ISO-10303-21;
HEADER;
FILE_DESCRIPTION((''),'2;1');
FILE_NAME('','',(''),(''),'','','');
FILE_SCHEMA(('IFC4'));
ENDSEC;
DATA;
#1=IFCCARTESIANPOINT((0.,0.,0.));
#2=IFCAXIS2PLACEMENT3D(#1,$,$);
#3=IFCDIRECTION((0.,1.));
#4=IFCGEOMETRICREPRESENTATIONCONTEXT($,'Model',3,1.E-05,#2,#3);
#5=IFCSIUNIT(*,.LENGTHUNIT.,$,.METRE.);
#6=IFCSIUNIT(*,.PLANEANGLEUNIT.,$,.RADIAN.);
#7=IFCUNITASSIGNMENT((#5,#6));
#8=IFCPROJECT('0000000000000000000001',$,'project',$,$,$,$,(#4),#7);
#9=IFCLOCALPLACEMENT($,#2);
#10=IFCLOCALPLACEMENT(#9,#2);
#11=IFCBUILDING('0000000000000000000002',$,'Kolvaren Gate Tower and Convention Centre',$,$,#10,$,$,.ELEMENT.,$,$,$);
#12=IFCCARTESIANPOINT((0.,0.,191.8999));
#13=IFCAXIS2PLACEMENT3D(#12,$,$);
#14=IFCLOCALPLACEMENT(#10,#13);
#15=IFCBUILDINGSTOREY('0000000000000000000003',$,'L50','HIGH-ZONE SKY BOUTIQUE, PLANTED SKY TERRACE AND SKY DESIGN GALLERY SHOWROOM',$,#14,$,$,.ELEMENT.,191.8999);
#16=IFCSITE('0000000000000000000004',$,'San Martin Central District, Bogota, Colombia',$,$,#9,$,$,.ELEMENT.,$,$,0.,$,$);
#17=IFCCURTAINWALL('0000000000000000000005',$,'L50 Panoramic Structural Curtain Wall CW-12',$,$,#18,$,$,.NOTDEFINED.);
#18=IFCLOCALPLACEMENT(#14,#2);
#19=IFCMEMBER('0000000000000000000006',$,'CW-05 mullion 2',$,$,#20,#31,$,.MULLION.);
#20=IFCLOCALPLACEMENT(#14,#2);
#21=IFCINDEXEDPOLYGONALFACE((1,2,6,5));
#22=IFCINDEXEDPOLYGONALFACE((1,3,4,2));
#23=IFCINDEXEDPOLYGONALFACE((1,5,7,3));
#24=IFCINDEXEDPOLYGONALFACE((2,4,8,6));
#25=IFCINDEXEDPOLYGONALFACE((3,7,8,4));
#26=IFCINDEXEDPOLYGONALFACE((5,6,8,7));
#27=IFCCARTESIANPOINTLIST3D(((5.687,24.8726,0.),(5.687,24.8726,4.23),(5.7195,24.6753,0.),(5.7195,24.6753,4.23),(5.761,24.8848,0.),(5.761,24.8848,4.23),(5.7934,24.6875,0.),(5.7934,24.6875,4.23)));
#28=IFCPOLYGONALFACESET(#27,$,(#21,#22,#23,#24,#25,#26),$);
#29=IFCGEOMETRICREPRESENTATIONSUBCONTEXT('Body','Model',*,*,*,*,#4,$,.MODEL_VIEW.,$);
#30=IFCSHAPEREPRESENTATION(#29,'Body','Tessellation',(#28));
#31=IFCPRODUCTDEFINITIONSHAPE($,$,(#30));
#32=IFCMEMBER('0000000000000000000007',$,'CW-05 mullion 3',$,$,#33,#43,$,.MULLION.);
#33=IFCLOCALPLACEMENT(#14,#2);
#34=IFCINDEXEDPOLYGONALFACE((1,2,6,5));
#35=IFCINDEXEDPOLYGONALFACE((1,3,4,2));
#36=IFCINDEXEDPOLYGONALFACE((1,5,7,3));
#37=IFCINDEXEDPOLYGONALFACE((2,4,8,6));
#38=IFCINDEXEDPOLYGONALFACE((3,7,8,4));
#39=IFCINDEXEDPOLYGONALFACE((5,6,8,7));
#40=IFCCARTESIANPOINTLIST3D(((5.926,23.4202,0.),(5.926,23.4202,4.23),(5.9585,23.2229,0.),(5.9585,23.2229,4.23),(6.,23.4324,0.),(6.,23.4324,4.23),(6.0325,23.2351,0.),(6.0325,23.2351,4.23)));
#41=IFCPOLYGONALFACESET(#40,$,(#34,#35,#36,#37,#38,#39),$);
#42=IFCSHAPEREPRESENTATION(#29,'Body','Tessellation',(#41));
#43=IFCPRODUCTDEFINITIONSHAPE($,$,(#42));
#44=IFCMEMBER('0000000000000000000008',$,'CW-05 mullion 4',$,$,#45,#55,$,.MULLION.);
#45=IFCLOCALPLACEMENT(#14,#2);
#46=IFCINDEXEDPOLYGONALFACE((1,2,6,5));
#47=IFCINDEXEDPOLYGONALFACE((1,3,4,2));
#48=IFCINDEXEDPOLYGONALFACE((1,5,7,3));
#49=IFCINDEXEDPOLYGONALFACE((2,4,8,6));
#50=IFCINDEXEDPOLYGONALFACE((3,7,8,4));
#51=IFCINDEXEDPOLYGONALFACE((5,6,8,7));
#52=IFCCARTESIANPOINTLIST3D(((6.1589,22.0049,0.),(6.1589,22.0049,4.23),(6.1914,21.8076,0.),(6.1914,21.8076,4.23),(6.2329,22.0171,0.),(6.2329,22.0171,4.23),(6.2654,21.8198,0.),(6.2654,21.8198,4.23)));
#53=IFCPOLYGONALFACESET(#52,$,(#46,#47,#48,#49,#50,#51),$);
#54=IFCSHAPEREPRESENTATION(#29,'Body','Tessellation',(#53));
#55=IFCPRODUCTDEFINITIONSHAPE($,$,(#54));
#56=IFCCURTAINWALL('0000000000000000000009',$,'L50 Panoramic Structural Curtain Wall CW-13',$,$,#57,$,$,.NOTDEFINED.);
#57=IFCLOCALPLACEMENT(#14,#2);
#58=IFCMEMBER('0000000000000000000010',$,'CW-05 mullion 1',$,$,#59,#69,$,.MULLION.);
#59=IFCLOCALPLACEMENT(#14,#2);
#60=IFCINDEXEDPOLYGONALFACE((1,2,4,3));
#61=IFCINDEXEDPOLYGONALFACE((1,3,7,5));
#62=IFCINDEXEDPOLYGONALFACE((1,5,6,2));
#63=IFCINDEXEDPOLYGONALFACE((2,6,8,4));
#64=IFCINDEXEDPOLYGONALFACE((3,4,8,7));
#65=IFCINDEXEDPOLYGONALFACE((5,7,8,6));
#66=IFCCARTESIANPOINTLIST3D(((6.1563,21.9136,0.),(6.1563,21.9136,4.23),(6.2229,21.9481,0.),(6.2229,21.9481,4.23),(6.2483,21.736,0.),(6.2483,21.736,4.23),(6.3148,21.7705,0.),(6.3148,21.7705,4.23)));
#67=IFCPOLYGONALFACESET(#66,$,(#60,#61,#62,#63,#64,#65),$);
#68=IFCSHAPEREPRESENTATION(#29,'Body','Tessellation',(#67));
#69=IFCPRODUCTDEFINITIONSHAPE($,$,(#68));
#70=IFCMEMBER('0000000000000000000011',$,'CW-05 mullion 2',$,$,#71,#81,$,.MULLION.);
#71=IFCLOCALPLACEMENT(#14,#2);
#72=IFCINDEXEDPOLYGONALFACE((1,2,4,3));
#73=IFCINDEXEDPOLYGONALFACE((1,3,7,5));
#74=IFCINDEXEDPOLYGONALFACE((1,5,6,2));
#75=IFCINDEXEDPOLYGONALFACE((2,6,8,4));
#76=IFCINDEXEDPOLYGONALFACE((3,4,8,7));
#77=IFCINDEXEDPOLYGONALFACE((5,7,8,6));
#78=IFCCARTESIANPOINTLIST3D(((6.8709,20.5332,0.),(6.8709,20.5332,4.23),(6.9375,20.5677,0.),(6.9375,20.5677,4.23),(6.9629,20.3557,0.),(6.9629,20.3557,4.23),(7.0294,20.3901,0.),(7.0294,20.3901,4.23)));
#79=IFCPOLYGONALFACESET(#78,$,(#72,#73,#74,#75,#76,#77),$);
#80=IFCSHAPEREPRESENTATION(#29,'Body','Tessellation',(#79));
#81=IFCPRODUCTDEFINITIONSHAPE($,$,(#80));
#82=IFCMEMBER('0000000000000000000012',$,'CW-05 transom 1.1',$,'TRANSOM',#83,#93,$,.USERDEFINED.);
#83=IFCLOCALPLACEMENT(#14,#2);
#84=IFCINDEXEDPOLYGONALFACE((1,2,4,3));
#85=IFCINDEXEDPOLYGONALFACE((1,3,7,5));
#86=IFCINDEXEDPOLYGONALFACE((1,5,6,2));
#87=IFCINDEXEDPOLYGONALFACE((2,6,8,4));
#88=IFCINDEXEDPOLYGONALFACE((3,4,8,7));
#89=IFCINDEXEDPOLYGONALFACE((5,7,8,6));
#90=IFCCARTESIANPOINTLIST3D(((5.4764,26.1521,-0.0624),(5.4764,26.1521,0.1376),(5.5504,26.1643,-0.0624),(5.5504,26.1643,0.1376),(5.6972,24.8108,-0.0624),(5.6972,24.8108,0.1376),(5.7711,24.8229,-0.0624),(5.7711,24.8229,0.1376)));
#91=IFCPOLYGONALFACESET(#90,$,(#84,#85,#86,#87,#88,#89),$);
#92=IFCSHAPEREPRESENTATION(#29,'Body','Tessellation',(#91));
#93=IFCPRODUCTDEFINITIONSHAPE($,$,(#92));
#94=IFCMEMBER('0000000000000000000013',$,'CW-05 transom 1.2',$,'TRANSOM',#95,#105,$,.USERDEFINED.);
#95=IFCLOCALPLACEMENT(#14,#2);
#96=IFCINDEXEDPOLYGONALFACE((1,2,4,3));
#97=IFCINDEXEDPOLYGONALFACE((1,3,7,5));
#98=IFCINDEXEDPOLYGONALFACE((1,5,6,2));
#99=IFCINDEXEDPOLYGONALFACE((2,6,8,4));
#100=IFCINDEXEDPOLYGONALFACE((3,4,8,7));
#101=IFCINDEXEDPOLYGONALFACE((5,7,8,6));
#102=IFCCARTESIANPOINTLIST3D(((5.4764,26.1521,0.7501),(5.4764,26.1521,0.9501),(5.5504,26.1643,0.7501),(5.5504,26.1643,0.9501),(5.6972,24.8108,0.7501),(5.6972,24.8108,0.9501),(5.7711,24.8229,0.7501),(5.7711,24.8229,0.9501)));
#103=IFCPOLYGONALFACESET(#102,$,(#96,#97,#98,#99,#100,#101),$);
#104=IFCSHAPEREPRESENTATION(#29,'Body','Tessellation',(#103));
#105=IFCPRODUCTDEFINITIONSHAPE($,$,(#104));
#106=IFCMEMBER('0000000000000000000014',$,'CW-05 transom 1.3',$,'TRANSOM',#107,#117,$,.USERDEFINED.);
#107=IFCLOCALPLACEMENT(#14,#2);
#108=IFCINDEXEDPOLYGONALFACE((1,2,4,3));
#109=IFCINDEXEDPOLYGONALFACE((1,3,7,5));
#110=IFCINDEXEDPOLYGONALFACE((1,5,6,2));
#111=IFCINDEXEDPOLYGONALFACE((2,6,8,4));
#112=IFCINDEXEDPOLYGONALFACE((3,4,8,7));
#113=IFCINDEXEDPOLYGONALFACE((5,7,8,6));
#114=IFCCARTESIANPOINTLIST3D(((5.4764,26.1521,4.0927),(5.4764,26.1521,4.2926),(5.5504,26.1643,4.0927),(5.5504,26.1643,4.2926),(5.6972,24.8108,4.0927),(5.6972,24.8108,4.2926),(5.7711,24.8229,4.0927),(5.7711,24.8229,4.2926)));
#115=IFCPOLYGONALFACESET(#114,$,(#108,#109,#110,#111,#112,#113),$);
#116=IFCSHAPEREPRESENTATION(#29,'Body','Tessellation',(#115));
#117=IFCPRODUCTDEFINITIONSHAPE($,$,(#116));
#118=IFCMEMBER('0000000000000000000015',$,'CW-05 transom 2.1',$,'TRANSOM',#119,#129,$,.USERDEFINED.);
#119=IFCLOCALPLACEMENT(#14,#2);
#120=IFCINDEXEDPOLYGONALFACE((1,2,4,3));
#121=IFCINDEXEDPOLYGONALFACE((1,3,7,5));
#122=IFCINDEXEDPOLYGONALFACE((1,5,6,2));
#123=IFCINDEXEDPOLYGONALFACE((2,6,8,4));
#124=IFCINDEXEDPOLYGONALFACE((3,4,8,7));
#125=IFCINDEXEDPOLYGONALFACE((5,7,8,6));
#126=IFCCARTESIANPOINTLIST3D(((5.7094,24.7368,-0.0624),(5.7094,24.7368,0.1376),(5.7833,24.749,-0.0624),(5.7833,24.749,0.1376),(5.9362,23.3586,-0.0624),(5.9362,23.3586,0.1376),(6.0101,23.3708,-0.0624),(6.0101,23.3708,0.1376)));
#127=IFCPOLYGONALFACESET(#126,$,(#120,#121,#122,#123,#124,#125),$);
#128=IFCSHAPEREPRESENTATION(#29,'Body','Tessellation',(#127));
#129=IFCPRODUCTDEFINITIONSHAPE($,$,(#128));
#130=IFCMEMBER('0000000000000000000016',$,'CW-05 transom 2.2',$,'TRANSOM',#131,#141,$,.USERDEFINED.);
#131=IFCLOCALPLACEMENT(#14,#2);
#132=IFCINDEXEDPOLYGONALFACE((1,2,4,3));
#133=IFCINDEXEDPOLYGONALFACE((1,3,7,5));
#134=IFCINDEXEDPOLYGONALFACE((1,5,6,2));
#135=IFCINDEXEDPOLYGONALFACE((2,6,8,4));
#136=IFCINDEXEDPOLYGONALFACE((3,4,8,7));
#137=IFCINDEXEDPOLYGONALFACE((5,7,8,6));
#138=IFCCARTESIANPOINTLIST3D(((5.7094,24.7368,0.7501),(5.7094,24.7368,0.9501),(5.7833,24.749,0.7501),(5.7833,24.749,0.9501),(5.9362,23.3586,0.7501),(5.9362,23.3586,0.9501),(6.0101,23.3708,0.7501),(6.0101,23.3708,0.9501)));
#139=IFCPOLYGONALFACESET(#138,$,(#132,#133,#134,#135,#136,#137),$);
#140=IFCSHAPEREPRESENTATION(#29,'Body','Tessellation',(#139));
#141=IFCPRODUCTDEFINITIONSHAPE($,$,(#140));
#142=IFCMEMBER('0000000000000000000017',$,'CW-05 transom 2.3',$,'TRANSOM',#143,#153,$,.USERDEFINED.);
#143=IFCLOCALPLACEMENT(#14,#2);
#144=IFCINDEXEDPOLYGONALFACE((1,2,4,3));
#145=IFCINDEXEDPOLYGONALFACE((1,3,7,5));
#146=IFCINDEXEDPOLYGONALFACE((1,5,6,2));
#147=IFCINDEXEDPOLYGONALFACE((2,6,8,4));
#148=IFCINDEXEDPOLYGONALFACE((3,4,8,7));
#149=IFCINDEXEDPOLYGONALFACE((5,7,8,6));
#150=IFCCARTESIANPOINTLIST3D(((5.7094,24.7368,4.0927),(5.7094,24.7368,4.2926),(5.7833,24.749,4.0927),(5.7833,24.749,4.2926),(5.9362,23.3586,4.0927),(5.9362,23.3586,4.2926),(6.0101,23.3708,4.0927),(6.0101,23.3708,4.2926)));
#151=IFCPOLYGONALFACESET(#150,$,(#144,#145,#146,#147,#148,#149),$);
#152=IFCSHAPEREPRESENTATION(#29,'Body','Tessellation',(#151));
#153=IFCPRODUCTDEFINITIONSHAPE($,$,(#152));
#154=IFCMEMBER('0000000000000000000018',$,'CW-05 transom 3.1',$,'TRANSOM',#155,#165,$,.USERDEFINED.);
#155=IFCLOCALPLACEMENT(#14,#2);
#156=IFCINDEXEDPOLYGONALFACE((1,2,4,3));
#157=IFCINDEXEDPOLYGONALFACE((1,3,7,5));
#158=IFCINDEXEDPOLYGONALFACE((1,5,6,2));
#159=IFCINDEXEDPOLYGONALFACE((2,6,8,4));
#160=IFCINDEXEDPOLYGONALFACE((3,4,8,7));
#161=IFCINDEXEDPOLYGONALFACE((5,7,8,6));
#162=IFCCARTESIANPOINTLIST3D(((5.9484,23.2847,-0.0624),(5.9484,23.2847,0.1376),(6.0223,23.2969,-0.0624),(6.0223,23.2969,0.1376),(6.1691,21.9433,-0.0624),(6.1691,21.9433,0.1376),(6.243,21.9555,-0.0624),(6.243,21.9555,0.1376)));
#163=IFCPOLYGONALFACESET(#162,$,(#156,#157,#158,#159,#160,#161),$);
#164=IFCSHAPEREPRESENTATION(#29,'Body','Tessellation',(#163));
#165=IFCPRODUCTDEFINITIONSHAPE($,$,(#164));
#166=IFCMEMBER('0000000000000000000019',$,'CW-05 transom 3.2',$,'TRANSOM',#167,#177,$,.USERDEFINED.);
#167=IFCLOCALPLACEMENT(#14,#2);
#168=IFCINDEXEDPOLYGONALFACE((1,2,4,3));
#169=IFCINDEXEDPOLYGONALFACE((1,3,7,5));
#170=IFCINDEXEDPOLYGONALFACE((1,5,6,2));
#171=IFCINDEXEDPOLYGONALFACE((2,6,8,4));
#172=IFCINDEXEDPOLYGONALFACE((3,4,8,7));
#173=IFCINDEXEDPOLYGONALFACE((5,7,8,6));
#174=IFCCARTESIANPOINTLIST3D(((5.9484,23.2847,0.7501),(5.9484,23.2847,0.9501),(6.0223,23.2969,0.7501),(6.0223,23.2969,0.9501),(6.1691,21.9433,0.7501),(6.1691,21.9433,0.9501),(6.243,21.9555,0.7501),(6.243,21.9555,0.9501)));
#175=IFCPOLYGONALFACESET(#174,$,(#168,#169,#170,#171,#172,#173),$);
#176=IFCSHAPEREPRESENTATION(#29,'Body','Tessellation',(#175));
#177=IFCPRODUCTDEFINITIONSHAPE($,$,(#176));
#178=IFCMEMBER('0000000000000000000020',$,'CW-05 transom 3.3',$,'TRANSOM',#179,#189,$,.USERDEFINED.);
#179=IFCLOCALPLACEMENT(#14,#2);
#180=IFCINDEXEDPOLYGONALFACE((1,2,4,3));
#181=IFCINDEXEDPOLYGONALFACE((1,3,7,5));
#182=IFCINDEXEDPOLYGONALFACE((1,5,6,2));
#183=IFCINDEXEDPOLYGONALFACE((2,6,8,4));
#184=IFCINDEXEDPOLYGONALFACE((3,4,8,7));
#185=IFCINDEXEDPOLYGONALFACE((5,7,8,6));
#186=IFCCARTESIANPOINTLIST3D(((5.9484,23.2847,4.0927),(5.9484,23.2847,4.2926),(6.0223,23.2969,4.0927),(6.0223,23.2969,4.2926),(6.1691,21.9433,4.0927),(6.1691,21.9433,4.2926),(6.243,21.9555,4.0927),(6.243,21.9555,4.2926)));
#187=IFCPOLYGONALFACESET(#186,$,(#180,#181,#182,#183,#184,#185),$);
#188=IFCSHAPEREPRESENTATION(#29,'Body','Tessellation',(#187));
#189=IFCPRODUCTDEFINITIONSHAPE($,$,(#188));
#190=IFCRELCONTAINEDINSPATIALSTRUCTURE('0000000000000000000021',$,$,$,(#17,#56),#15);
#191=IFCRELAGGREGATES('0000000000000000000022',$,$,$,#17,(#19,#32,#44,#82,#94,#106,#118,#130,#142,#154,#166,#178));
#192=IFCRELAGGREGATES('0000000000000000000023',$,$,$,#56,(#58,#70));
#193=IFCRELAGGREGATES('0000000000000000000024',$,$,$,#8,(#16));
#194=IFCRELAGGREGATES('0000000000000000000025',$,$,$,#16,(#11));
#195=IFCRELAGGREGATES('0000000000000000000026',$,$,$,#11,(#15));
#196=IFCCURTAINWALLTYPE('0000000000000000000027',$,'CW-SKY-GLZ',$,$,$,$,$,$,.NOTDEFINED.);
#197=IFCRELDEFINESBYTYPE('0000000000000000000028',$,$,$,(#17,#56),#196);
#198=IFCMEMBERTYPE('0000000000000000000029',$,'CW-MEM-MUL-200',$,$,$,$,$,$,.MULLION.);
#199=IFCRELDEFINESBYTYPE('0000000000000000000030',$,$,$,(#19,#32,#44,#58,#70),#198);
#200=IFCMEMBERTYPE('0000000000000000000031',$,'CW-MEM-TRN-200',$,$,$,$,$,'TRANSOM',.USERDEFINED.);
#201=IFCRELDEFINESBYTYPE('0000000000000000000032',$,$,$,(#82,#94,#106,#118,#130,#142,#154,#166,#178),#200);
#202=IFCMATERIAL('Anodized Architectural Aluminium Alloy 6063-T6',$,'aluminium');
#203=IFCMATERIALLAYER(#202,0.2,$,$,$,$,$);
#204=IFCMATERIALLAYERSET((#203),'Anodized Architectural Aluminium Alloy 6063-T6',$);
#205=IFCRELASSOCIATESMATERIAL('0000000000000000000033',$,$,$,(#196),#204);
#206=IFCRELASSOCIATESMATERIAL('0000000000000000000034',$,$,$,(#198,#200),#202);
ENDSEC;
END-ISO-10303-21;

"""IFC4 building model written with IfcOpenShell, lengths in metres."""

from ifc_helpers import new_model, si_unit, direction, frame, origin, origin_2d, place, context, subcontext, project, spatial, rectangle, extrude, material, layer, layer_set, material_profile, profile_set, type_object, element, aggregate, save


model = new_model("IFC4")

# Units and contexts
model_context = context("Model", 3, precision=1e-05, world=origin(), true_north=direction((0.0, 1.0)))
body_context = subcontext(model_context, "Body", "Model", "MODEL_VIEW")
ifc_project = project(units=[si_unit("LENGTHUNIT", "METRE"), si_unit("PLANEANGLEUNIT", "RADIAN")], contexts=[model_context])

# Site, building, storey
site_placement = place(None, origin())
site = spatial("IfcSite", under=ifc_project, at=site_placement, Name="San Martin Central District, Bogota, Colombia", CompositionType="ELEMENT", RefElevation=0.0)
building_placement = place(site_placement, origin())
building = spatial("IfcBuilding", under=site, at=building_placement, Name="Kolvaren Gate Tower and Convention Centre", CompositionType="ELEMENT")
storey_placement = place(building_placement, frame((0.0, 0.0, 191.8999)))
storey = spatial("IfcBuildingStorey", under=building, at=storey_placement, Name="L50", Description="HIGH-ZONE SKY BOUTIQUE, PLANTED SKY TERRACE AND SKY DESIGN GALLERY SHOWROOM", CompositionType="ELEMENT", Elevation=191.8999)

# Curtain walls, members
ifc_material_1 = material(Name="Anodized Architectural Aluminium Alloy 6063-T6", Category="aluminium")
ifc_layer_1 = layer(ifc_material_1, 0.2)
ifc_layer_set_1 = layer_set([ifc_layer_1], Name="Anodized Architectural Aluminium Alloy 6063-T6")
curtain_wall_type = type_object("IfcCurtainWallType", Name="CW-SKY-GLZ", PredefinedType="NOTDEFINED", material=ifc_layer_set_1)
curtain_wall_1_placement = place(storey_placement, origin())
curtain_wall_1 = element("IfcCurtainWall", 1, at=curtain_wall_1_placement, inside=storey, type_object=curtain_wall_type, Name="L50 Panoramic Structural Curtain Wall CW-12", PredefinedType="NOTDEFINED")
ifc_material_profile_1 = material_profile(ifc_material_1, rectangle(XDim=0.075, YDim=0.2, at=origin_2d()), Name="CW-MEM-MUL-200")
ifc_profile_set_1 = profile_set([ifc_material_profile_1], Name="Anodized Architectural Aluminium Alloy 6063-T6")
member_type_1 = type_object("IfcMemberType", Name="CW-MEM-MUL-200", PredefinedType="MULLION", material=ifc_profile_set_1)
member_1_placement = place(storey_placement, frame((5.7402, 24.78, 0.0), z_axis=(0.0, 0.0, 1.0), x_axis=(0.986728, 0.162382, 0.0)))
member_1 = element("IfcMember", 2, at=member_1_placement, type_object=member_type_1, Name="CW-05 mullion 2", PredefinedType="MULLION", context=body_context, shape_type="SweptSolid", body=[
    extrude(rectangle(XDim=0.075, YDim=0.2, at=origin_2d()), origin(), (0.0, 0.0, 1.0), 4.23),
])
member_2_placement = place(storey_placement, frame((5.9792, 23.3276, 0.0), z_axis=(0.0, 0.0, 1.0), x_axis=(0.986728, 0.162382, 0.0)))
member_2 = element("IfcMember", 3, at=member_2_placement, type_object=member_type_1, Name="CW-05 mullion 3", PredefinedType="MULLION", context=body_context, shape_type="SweptSolid", body=[
    extrude(rectangle(XDim=0.075, YDim=0.2, at=origin_2d()), origin(), (0.0, 0.0, 1.0), 4.23),
])
member_3_placement = place(storey_placement, frame((6.2122, 21.9124, 0.0), z_axis=(0.0, 0.0, 1.0), x_axis=(0.986728, 0.162382, 0.0)))
member_3 = element("IfcMember", 4, at=member_3_placement, type_object=member_type_1, Name="CW-05 mullion 4", PredefinedType="MULLION", context=body_context, shape_type="SweptSolid", body=[
    extrude(rectangle(XDim=0.075, YDim=0.2, at=origin_2d()), origin(), (0.0, 0.0, 1.0), 4.23),
])
curtain_wall_2_placement = place(storey_placement, origin())
curtain_wall_2 = element("IfcCurtainWall", 5, at=curtain_wall_2_placement, inside=storey, type_object=curtain_wall_type, Name="L50 Panoramic Structural Curtain Wall CW-13", PredefinedType="NOTDEFINED")
member_4_placement = place(storey_placement, frame((6.2356, 21.842, 0.0), z_axis=(0.0, 0.0, 1.0), x_axis=(0.888023, 0.459799, 0.0)))
member_4 = element("IfcMember", 6, at=member_4_placement, type_object=member_type_1, Name="CW-05 mullion 1", PredefinedType="MULLION", context=body_context, shape_type="SweptSolid", body=[
    extrude(rectangle(XDim=0.075, YDim=0.2, at=origin_2d()), origin(), (0.0, 0.0, 1.0), 4.23),
])
member_5_placement = place(storey_placement, frame((6.9502, 20.4617, 0.0), z_axis=(0.0, 0.0, 1.0), x_axis=(0.888023, 0.459799, 0.0)))
member_5 = element("IfcMember", 7, at=member_5_placement, type_object=member_type_1, Name="CW-05 mullion 2", PredefinedType="MULLION", context=body_context, shape_type="SweptSolid", body=[
    extrude(rectangle(XDim=0.075, YDim=0.2, at=origin_2d()), origin(), (0.0, 0.0, 1.0), 4.23),
])

# Members
ifc_material_profile_2 = material_profile(ifc_material_1, rectangle(XDim=0.075, YDim=0.2, at=origin_2d()), Name="CW-MEM-TRN-200")
ifc_profile_set_2 = profile_set([ifc_material_profile_2], Name="Anodized Architectural Aluminium Alloy 6063-T6")
member_type_2 = type_object("IfcMemberType", Name="CW-MEM-TRN-200", ElementType="TRANSOM", PredefinedType="USERDEFINED", material=ifc_profile_set_2)
member_6_placement = place(storey_placement, frame((5.5134, 26.1582, 0.0376), z_axis=(0.16236, -0.986732, 0.0), x_axis=(0.986732, 0.16236, 0.0)))
member_6 = element("IfcMember", 8, at=member_6_placement, type_object=member_type_2, Name="CW-05 transom 1.1", ObjectType="TRANSOM", PredefinedType="USERDEFINED", context=body_context, shape_type="SweptSolid", body=[
    extrude(rectangle(XDim=0.075, YDim=0.2, at=origin_2d()), origin(), (0.0, 0.0, 1.0), 1.3594),
])
member_7_placement = place(storey_placement, frame((5.5134, 26.1582, 0.8501), z_axis=(0.16236, -0.986732, 0.0), x_axis=(0.986732, 0.16236, 0.0)))
member_7 = element("IfcMember", 9, at=member_7_placement, type_object=member_type_2, Name="CW-05 transom 1.2", ObjectType="TRANSOM", PredefinedType="USERDEFINED", context=body_context, shape_type="SweptSolid", body=[
    extrude(rectangle(XDim=0.075, YDim=0.2, at=origin_2d()), origin(), (0.0, 0.0, 1.0), 1.3594),
])
member_8_placement = place(storey_placement, frame((5.5134, 26.1582, 4.1926), z_axis=(0.16236, -0.986732, 0.0), x_axis=(0.986732, 0.16236, 0.0)))
member_8 = element("IfcMember", 10, at=member_8_placement, type_object=member_type_2, Name="CW-05 transom 1.3", ObjectType="TRANSOM", PredefinedType="USERDEFINED", context=body_context, shape_type="SweptSolid", body=[
    extrude(rectangle(XDim=0.075, YDim=0.2, at=origin_2d()), origin(), (0.0, 0.0, 1.0), 1.3594),
])
member_9_placement = place(storey_placement, frame((5.7463, 24.7429, 0.0376), z_axis=(0.162386, -0.986727, 0.0), x_axis=(0.986727, 0.162386, 0.0)))
member_9 = element("IfcMember", 11, at=member_9_placement, type_object=member_type_2, Name="CW-05 transom 2.1", ObjectType="TRANSOM", PredefinedType="USERDEFINED", context=body_context, shape_type="SweptSolid", body=[
    extrude(rectangle(XDim=0.075, YDim=0.2, at=origin_2d()), origin(), (0.0, 0.0, 1.0), 1.3967),
])
member_10_placement = place(storey_placement, frame((5.7463, 24.7429, 0.8501), z_axis=(0.162386, -0.986727, 0.0), x_axis=(0.986727, 0.162386, 0.0)))
member_10 = element("IfcMember", 12, at=member_10_placement, type_object=member_type_2, Name="CW-05 transom 2.2", ObjectType="TRANSOM", PredefinedType="USERDEFINED", context=body_context, shape_type="SweptSolid", body=[
    extrude(rectangle(XDim=0.075, YDim=0.2, at=origin_2d()), origin(), (0.0, 0.0, 1.0), 1.3967),
])
member_11_placement = place(storey_placement, frame((5.7463, 24.7429, 4.1926), z_axis=(0.162386, -0.986727, 0.0), x_axis=(0.986727, 0.162386, 0.0)))
member_11 = element("IfcMember", 13, at=member_11_placement, type_object=member_type_2, Name="CW-05 transom 2.3", ObjectType="TRANSOM", PredefinedType="USERDEFINED", context=body_context, shape_type="SweptSolid", body=[
    extrude(rectangle(XDim=0.075, YDim=0.2, at=origin_2d()), origin(), (0.0, 0.0, 1.0), 1.3967),
])
member_12_placement = place(storey_placement, frame((5.9854, 23.2908, 0.0376), z_axis=(0.16236, -0.986732, 0.0), x_axis=(0.986732, 0.16236, 0.0)))
member_12 = element("IfcMember", 14, at=member_12_placement, type_object=member_type_2, Name="CW-05 transom 3.1", ObjectType="TRANSOM", PredefinedType="USERDEFINED", context=body_context, shape_type="SweptSolid", body=[
    extrude(rectangle(XDim=0.075, YDim=0.2, at=origin_2d()), origin(), (0.0, 0.0, 1.0), 1.3594),
])
member_13_placement = place(storey_placement, frame((5.9854, 23.2908, 0.8501), z_axis=(0.16236, -0.986732, 0.0), x_axis=(0.986732, 0.16236, 0.0)))
member_13 = element("IfcMember", 15, at=member_13_placement, type_object=member_type_2, Name="CW-05 transom 3.2", ObjectType="TRANSOM", PredefinedType="USERDEFINED", context=body_context, shape_type="SweptSolid", body=[
    extrude(rectangle(XDim=0.075, YDim=0.2, at=origin_2d()), origin(), (0.0, 0.0, 1.0), 1.3594),
])
member_14_placement = place(storey_placement, frame((5.9854, 23.2908, 4.1926), z_axis=(0.16236, -0.986732, 0.0), x_axis=(0.986732, 0.16236, 0.0)))
member_14 = element("IfcMember", 16, at=member_14_placement, type_object=member_type_2, Name="CW-05 transom 3.3", ObjectType="TRANSOM", PredefinedType="USERDEFINED", context=body_context, shape_type="SweptSolid", body=[
    extrude(rectangle(XDim=0.075, YDim=0.2, at=origin_2d()), origin(), (0.0, 0.0, 1.0), 1.3594),
])

aggregate(curtain_wall_1, [member_1, member_2, member_3, member_6, member_7, member_8, member_9, member_10, member_11, member_12, member_13, member_14])
aggregate(curtain_wall_2, [member_4, member_5])

save(model, "model.ifc")
